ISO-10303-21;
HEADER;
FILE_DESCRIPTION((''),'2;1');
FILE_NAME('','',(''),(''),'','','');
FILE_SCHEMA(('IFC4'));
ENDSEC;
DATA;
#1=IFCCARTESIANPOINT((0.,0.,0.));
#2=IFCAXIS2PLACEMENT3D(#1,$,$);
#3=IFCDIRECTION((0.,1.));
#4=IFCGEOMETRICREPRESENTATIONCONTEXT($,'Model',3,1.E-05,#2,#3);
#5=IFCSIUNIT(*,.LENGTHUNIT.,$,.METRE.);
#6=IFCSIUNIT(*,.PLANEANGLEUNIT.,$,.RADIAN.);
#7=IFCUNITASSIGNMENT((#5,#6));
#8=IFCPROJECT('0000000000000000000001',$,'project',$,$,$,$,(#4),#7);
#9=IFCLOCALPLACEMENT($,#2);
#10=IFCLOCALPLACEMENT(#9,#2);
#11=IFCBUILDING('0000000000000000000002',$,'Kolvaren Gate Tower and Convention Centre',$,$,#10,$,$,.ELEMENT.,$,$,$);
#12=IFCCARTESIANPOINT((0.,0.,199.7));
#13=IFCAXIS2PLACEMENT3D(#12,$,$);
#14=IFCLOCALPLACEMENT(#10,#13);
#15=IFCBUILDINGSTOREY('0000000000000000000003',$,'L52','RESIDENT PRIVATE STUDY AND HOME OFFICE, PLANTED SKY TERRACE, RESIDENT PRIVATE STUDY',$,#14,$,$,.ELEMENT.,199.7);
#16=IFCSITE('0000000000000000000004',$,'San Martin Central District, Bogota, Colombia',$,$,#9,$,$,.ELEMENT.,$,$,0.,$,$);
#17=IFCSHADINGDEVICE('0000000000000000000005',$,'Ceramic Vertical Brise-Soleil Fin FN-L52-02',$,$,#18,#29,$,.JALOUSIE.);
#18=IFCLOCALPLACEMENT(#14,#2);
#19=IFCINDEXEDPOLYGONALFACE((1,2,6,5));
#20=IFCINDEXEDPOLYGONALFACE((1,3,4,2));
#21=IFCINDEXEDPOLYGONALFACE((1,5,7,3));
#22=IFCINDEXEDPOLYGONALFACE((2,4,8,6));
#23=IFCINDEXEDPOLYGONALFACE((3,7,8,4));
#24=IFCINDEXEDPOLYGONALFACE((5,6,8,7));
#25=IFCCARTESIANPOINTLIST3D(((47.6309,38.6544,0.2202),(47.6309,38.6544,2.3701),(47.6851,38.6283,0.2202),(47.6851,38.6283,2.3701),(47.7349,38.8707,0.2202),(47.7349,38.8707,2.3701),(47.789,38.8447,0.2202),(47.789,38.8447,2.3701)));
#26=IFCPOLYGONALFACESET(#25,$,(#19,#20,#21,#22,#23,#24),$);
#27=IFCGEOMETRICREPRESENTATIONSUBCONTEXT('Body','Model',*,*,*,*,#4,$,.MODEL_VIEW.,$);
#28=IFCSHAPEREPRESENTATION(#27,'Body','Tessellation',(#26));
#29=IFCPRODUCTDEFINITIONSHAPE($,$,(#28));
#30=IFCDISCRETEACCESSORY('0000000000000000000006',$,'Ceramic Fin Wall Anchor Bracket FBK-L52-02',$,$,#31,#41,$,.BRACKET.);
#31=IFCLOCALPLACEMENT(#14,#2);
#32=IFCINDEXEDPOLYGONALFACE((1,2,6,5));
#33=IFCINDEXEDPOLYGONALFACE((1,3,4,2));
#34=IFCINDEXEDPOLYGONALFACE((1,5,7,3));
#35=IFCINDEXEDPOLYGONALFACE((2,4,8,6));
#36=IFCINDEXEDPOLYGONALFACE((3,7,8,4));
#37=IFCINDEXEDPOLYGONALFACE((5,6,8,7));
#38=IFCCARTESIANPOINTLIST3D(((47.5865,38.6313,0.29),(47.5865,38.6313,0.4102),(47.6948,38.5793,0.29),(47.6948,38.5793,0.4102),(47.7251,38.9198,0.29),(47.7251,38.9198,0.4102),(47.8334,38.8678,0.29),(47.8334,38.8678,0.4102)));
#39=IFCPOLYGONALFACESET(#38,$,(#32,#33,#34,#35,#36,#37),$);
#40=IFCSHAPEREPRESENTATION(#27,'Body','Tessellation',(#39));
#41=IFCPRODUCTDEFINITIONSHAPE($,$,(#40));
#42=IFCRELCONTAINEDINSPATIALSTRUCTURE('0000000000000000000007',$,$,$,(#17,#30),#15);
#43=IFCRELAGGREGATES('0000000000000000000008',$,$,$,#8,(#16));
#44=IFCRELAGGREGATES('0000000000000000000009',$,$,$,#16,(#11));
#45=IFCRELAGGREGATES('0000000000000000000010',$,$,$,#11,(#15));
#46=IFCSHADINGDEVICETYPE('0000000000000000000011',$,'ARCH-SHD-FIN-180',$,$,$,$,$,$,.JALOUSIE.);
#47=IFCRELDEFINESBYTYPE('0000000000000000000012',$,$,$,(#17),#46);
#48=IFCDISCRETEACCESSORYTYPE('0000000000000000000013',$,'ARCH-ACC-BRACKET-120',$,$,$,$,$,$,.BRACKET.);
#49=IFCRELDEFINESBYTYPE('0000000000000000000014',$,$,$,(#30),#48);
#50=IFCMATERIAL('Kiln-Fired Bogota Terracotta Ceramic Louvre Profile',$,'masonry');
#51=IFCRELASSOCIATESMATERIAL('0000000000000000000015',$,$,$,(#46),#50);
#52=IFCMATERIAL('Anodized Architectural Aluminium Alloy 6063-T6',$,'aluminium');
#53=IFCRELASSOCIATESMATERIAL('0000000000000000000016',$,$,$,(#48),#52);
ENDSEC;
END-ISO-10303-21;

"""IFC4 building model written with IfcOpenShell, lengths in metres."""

from ifc_helpers import new_model, si_unit, direction, frame, origin, origin_2d, place, context, subcontext, project, spatial, rectangle, extrude, material, type_object, element, save


model = new_model("IFC4")

# Units and contexts
model_context = context("Model", 3, precision=1e-05, world=origin(), true_north=direction((0.0, 1.0)))
body_context = subcontext(model_context, "Body", "Model", "MODEL_VIEW")
ifc_project = project(units=[si_unit("LENGTHUNIT", "METRE"), si_unit("PLANEANGLEUNIT", "RADIAN")], contexts=[model_context])

# Site, building, storey
site_placement = place(None, origin())
site = spatial("IfcSite", under=ifc_project, at=site_placement, Name="San Martin Central District, Bogota, Colombia", CompositionType="ELEMENT", RefElevation=0.0)
building_placement = place(site_placement, origin())
building = spatial("IfcBuilding", under=site, at=building_placement, Name="Kolvaren Gate Tower and Convention Centre", CompositionType="ELEMENT")
storey_placement = place(building_placement, frame((0.0, 0.0, 199.7)))
storey = spatial("IfcBuildingStorey", under=building, at=storey_placement, Name="L52", Description="RESIDENT PRIVATE STUDY AND HOME OFFICE, PLANTED SKY TERRACE, RESIDENT PRIVATE STUDY", CompositionType="ELEMENT", Elevation=199.7)

# Shared definitions
ifc_material_1 = material(Name="Anodized Architectural Aluminium Alloy 6063-T6", Category="aluminium")

# Shading device
ifc_material_2 = material(Name="Kiln-Fired Bogota Terracotta Ceramic Louvre Profile", Category="masonry")
shading_device_type = type_object("IfcShadingDeviceType", Name="ARCH-SHD-FIN-180", PredefinedType="JALOUSIE", material=ifc_material_2)
shading_device_placement = place(storey_placement, frame((47.71, 38.7495, 0.2202), z_axis=(0.0, 0.0, 1.0), x_axis=(0.901359, -0.433072, 0.0)))
element("IfcShadingDevice", 1, at=shading_device_placement, inside=storey, type_object=shading_device_type, Name="Ceramic Vertical Brise-Soleil Fin FN-L52-02", PredefinedType="JALOUSIE", context=body_context, shape_type="SweptSolid", body=[
    extrude(rectangle(XDim=0.0601, YDim=0.24, at=origin_2d()), origin(), (0.0, 0.0, 1.0), 2.1499),
])

# Discrete accessory
discrete_accessory_type = type_object("IfcDiscreteAccessoryType", Name="ARCH-ACC-BRACKET-120", PredefinedType="BRACKET", material=ifc_material_1)
discrete_accessory_placement = place(storey_placement, frame((47.71, 38.7495, 0.29), z_axis=(0.0, 0.0, 1.0), x_axis=(0.901359, -0.433072, 0.0)))
element("IfcDiscreteAccessory", 2, at=discrete_accessory_placement, inside=storey, type_object=discrete_accessory_type, Name="Ceramic Fin Wall Anchor Bracket FBK-L52-02", PredefinedType="BRACKET", context=body_context, shape_type="SweptSolid", body=[
    extrude(rectangle(XDim=0.1201, YDim=0.3201, at=origin_2d()), origin(), (0.0, 0.0, 1.0), 0.1201),
])

save(model, "model.ifc")
